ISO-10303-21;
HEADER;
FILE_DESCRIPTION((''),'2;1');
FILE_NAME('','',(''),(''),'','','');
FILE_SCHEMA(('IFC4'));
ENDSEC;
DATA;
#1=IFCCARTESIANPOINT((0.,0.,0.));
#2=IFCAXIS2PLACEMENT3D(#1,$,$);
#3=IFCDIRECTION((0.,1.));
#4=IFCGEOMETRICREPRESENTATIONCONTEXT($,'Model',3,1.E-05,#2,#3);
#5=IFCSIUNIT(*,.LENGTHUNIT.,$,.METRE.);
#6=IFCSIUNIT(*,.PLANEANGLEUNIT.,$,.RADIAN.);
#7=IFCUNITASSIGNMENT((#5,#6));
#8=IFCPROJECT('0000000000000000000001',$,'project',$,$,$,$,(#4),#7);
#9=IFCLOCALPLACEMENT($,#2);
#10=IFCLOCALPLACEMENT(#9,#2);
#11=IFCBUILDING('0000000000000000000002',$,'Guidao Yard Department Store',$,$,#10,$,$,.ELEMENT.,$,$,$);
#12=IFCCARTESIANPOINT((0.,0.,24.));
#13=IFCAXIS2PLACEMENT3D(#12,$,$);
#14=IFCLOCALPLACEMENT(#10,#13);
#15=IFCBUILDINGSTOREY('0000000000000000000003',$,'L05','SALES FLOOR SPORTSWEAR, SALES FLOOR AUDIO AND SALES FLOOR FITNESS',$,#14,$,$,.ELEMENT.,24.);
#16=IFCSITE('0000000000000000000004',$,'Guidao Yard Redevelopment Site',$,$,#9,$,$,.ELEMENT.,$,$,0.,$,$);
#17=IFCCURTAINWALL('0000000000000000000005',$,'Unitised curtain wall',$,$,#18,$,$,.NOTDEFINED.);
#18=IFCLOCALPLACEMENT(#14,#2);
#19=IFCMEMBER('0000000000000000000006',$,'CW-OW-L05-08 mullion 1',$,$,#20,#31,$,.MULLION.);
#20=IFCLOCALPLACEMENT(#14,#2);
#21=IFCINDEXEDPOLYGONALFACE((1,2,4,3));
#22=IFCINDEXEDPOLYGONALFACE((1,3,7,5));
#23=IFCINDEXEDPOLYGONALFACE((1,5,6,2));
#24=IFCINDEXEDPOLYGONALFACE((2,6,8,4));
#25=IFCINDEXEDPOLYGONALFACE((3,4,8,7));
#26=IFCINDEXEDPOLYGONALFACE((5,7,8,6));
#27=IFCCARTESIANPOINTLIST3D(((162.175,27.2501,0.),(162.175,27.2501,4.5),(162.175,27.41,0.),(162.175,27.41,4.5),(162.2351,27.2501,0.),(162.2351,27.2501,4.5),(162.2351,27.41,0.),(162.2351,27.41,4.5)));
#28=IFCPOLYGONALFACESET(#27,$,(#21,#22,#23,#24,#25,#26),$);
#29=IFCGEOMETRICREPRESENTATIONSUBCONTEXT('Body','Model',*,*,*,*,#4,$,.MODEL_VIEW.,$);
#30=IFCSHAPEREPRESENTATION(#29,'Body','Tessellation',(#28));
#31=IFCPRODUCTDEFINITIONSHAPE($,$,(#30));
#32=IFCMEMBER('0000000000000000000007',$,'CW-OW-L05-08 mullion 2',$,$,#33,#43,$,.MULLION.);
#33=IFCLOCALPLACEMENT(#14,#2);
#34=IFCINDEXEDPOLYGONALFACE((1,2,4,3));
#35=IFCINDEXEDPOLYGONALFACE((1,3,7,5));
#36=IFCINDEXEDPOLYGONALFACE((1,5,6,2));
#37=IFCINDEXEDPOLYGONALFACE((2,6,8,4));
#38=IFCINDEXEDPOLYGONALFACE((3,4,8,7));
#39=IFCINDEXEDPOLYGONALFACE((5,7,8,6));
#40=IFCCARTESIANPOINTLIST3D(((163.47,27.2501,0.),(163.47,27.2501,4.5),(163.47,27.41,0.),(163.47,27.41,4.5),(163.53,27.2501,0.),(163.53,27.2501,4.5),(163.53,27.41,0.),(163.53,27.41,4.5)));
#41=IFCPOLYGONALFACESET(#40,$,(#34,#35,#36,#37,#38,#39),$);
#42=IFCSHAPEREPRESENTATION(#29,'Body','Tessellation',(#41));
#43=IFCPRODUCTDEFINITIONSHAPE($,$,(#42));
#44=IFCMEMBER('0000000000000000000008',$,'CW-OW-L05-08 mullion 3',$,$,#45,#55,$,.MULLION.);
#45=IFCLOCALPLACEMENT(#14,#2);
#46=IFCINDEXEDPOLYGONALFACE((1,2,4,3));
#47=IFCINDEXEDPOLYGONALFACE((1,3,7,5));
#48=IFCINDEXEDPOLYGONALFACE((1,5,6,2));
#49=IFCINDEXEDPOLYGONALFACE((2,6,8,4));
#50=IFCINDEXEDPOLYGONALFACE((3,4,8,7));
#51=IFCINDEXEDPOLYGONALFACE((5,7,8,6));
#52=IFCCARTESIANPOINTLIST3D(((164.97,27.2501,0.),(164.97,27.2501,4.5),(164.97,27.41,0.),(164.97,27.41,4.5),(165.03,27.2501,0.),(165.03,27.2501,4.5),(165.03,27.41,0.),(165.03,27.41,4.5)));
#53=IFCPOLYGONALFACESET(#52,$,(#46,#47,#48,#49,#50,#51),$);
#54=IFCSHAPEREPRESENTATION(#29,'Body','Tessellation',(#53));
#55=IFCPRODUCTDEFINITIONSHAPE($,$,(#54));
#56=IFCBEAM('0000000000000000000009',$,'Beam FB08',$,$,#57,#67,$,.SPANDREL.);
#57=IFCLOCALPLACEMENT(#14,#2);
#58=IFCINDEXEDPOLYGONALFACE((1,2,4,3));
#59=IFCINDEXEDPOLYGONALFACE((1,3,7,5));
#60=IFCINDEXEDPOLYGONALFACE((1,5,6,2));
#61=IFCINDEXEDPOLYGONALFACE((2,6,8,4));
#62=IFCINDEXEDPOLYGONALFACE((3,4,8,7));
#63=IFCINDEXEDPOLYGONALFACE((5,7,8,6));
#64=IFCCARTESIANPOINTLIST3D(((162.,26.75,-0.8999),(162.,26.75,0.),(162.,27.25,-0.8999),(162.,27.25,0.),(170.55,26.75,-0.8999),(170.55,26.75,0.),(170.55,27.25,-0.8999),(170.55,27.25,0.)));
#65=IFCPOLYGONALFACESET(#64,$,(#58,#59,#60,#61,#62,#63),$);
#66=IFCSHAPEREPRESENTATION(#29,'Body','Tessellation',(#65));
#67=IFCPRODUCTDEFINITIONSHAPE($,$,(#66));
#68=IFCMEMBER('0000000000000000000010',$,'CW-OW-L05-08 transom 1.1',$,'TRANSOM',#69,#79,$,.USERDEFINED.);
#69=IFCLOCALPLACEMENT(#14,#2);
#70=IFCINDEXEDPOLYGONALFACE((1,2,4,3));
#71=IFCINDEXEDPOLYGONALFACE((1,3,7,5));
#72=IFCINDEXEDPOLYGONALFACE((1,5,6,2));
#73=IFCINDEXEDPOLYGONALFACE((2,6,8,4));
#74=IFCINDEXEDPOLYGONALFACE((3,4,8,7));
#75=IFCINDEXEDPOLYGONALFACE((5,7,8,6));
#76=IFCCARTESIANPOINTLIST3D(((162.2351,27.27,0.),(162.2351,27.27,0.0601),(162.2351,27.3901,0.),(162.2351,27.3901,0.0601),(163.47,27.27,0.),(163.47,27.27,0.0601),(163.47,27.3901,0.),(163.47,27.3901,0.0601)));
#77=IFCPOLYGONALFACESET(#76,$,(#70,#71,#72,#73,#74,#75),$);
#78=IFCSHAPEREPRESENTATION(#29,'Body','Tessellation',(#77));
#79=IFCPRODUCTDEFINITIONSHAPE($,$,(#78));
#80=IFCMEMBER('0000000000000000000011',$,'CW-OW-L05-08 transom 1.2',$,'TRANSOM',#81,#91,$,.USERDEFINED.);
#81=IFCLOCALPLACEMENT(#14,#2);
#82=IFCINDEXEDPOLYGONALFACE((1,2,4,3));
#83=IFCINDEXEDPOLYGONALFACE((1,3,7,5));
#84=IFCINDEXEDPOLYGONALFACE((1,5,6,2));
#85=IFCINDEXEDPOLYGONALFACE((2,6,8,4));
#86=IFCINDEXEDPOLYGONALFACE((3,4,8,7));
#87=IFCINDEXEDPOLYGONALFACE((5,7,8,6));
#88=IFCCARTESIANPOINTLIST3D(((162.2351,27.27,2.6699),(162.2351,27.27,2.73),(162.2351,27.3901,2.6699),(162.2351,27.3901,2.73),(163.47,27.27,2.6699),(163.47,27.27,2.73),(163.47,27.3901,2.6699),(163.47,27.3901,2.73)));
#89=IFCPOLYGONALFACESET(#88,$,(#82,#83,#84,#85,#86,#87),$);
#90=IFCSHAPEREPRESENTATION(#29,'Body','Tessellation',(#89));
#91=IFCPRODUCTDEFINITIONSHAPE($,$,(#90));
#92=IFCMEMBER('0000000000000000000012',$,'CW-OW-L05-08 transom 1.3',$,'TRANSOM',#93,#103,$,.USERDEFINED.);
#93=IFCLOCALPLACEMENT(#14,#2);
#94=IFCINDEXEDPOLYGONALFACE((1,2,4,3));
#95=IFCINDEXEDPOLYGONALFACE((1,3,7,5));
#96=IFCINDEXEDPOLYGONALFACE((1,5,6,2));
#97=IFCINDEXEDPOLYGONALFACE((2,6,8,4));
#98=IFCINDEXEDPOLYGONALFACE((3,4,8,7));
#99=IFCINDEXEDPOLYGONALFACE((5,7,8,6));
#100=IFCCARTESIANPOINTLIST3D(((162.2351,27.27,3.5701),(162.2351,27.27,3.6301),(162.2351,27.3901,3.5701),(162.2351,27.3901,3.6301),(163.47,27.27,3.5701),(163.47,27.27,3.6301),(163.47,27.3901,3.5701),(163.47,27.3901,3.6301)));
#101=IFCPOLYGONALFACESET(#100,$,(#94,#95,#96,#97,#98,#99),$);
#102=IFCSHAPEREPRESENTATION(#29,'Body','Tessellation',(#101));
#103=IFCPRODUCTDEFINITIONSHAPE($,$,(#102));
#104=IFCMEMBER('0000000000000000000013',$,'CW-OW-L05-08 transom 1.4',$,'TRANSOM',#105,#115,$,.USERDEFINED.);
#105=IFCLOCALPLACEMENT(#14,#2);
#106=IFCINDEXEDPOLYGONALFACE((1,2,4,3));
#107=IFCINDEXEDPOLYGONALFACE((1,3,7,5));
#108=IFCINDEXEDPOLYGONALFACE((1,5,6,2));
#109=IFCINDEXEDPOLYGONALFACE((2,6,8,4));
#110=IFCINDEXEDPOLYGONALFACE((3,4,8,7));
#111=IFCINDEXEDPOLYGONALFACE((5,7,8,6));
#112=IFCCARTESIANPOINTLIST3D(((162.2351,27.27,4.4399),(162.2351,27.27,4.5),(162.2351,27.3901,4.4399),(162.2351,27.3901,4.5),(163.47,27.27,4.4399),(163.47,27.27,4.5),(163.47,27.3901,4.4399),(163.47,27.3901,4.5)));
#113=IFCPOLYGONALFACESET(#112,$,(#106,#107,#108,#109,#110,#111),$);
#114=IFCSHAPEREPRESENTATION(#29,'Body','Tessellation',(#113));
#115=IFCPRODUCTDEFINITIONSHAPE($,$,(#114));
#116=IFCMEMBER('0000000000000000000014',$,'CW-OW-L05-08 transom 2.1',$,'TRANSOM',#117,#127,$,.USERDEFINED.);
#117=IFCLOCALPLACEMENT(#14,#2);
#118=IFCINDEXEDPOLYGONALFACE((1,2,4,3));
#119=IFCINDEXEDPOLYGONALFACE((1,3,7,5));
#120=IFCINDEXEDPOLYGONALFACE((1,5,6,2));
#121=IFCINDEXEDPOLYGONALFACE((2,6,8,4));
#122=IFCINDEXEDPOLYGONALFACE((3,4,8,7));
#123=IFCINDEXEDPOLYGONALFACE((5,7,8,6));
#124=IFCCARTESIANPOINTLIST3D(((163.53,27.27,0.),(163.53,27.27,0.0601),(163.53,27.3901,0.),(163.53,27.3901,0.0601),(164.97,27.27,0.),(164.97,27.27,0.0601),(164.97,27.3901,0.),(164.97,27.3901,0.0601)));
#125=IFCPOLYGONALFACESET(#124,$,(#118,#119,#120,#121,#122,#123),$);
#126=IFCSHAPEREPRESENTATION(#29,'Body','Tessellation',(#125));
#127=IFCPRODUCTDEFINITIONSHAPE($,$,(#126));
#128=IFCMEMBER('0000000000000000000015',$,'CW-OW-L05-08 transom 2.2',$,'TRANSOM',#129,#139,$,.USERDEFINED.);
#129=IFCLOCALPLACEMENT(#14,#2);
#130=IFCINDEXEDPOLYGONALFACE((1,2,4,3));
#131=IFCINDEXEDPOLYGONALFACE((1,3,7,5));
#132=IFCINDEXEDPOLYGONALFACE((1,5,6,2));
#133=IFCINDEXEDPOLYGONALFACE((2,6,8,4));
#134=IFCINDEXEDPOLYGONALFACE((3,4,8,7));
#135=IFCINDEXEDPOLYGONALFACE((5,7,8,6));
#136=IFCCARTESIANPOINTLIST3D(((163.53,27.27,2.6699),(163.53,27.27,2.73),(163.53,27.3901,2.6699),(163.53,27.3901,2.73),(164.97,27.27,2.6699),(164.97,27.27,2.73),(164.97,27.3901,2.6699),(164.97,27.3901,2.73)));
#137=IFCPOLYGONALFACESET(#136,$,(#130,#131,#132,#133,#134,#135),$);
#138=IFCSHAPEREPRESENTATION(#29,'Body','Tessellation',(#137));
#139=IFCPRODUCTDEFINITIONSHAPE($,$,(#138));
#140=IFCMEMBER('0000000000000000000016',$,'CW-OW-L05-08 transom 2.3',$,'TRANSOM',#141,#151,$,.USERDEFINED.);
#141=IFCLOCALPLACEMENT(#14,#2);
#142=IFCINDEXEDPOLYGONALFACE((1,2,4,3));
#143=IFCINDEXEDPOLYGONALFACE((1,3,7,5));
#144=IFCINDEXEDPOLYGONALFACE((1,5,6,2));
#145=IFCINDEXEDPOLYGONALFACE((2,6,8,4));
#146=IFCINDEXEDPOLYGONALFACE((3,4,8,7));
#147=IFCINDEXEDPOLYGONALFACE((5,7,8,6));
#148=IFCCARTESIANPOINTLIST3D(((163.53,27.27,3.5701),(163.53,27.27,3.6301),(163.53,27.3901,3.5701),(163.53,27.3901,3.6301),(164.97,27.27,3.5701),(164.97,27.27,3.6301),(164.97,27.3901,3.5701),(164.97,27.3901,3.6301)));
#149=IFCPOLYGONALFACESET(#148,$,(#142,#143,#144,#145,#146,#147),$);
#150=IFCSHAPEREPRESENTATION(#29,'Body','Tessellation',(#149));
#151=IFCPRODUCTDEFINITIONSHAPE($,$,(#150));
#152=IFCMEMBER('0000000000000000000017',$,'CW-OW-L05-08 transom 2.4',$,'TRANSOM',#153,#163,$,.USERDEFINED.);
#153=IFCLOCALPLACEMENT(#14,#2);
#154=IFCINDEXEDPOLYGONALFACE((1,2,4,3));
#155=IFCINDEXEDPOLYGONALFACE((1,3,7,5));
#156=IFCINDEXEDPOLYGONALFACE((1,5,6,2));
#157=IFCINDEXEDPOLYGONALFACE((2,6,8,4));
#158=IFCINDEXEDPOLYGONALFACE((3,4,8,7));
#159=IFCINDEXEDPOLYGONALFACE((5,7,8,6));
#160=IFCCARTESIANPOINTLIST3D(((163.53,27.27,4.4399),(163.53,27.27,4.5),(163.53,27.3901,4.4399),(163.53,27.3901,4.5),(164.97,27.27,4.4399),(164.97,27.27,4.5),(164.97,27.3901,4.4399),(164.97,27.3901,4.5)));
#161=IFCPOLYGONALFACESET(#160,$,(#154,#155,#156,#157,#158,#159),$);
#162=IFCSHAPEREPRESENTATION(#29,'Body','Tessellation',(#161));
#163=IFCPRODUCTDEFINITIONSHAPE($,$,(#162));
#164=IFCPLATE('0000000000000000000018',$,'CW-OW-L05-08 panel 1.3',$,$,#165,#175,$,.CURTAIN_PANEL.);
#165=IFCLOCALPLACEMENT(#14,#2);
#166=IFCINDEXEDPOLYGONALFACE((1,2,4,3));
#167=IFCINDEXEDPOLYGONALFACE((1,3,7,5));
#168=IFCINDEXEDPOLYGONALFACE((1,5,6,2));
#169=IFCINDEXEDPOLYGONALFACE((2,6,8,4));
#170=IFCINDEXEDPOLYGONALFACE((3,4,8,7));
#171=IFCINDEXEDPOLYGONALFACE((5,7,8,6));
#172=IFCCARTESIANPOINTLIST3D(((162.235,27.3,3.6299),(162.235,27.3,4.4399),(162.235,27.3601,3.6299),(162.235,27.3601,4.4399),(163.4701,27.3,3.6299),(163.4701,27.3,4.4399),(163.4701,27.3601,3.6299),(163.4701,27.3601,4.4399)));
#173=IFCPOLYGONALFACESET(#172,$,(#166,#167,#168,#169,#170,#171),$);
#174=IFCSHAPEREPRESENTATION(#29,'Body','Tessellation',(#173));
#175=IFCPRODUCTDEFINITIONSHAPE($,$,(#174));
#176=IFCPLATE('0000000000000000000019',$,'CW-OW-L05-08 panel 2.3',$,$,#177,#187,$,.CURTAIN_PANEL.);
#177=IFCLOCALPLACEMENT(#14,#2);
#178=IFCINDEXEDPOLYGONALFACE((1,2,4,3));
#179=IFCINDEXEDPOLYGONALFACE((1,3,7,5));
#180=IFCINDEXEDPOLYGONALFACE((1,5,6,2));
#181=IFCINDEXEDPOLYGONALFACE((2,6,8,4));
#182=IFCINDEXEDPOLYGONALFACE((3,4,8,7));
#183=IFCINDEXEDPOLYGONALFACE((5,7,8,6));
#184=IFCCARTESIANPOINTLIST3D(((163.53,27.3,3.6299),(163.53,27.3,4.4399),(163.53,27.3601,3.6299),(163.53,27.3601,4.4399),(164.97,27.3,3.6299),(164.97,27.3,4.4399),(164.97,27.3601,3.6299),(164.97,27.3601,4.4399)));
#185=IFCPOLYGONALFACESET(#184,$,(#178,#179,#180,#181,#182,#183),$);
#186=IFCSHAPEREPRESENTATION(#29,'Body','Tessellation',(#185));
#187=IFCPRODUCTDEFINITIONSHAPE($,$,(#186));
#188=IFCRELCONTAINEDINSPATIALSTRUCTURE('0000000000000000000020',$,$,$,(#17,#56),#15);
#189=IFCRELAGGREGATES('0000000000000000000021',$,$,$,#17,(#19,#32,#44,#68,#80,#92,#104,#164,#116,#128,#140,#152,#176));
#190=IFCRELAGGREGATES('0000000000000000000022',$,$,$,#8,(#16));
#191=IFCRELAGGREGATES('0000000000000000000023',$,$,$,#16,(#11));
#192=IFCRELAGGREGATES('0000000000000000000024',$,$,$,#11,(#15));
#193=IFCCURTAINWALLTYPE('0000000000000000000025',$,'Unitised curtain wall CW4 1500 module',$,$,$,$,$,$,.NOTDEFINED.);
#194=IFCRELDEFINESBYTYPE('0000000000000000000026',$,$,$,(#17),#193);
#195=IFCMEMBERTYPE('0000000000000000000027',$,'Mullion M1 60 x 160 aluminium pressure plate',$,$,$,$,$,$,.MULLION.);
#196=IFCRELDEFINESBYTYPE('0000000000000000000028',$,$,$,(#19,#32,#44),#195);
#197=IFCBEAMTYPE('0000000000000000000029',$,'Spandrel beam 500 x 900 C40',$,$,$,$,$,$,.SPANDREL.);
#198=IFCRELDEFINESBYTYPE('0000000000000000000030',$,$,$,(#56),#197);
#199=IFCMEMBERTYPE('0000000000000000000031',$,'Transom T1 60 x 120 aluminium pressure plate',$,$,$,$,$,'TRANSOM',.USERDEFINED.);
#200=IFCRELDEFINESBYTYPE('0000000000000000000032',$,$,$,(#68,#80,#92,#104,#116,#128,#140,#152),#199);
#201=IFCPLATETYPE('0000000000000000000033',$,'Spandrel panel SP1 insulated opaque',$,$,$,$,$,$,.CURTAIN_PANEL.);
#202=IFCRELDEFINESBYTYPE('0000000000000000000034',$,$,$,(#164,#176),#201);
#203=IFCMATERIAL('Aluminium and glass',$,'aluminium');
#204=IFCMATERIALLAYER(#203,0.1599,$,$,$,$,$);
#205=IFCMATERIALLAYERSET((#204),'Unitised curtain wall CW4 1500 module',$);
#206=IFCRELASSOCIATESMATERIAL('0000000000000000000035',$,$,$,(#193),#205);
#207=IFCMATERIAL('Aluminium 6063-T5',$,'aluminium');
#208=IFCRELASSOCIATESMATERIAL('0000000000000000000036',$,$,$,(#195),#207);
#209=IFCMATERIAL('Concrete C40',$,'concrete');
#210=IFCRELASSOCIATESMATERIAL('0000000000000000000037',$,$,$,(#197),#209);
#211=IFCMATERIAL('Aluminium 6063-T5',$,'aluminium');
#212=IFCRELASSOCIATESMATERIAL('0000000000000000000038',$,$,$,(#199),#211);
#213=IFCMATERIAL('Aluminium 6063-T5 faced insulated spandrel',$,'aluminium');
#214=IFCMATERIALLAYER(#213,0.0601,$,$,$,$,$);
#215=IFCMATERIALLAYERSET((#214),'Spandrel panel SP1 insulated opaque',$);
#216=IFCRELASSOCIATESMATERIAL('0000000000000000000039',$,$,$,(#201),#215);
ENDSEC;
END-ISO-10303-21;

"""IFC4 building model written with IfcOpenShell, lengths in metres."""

from ifc_helpers import new_model, si_unit, direction, frame, origin, origin_2d, place, context, subcontext, project, spatial, rectangle, extrude, material, layer, layer_set, material_profile, profile_set, type_object, element, aggregate, save


model = new_model("IFC4")

# Units and contexts
model_context = context("Model", 3, precision=1e-05, world=origin(), true_north=direction((0.0, 1.0)))
body_context = subcontext(model_context, "Body", "Model", "MODEL_VIEW")
ifc_project = project(units=[si_unit("LENGTHUNIT", "METRE"), si_unit("PLANEANGLEUNIT", "RADIAN")], contexts=[model_context])

# Site, building, storey
site_placement = place(None, origin())
site = spatial("IfcSite", under=ifc_project, at=site_placement, Name="Guidao Yard Redevelopment Site", CompositionType="ELEMENT", RefElevation=0.0)
building_placement = place(site_placement, origin())
building = spatial("IfcBuilding", under=site, at=building_placement, Name="Guidao Yard Department Store", CompositionType="ELEMENT")
storey_placement = place(building_placement, frame((0.0, 0.0, 24.0)))
storey = spatial("IfcBuildingStorey", under=building, at=storey_placement, Name="L05", Description="SALES FLOOR SPORTSWEAR, SALES FLOOR AUDIO AND SALES FLOOR FITNESS", CompositionType="ELEMENT", Elevation=24.0)

# Curtain wall, members
ifc_material_1 = material(Name="Aluminium and glass", Category="aluminium")
ifc_layer_1 = layer(ifc_material_1, 0.1599)
ifc_layer_set_1 = layer_set([ifc_layer_1], Name="Unitised curtain wall CW4 1500 module")
curtain_wall_type = type_object("IfcCurtainWallType", Name="Unitised curtain wall CW4 1500 module", PredefinedType="NOTDEFINED", material=ifc_layer_set_1)
curtain_wall_placement = place(storey_placement, origin())
curtain_wall = element("IfcCurtainWall", 1, at=curtain_wall_placement, inside=storey, type_object=curtain_wall_type, Name="Unitised curtain wall", PredefinedType="NOTDEFINED")
ifc_material_2 = material(Name="Aluminium 6063-T5", Category="aluminium")
ifc_material_profile_1 = material_profile(ifc_material_2, rectangle(XDim=0.0601, YDim=0.1599, at=origin_2d()), Name="Mullion M1 60 x 160 aluminium pressure plate")
ifc_profile_set_1 = profile_set([ifc_material_profile_1], Name="Aluminium 6063-T5")
member_type_1 = type_object("IfcMemberType", Name="Mullion M1 60 x 160 aluminium pressure plate", PredefinedType="MULLION", material=ifc_profile_set_1)
member_1_placement = place(storey_placement, frame((162.2051, 27.3301, 0.0), z_axis=(0.0, 0.0, 1.0), x_axis=(1.0, 0.0, 0.0)))
member_1 = element("IfcMember", 2, at=member_1_placement, type_object=member_type_1, Name="CW-OW-L05-08 mullion 1", PredefinedType="MULLION", context=body_context, shape_type="SweptSolid", body=[
    extrude(rectangle(XDim=0.0601, YDim=0.1599, at=origin_2d()), origin(), (0.0, 0.0, 1.0), 4.5),
])
member_2_placement = place(storey_placement, frame((163.5, 27.3301, 0.0), z_axis=(0.0, 0.0, 1.0), x_axis=(1.0, 0.0, 0.0)))
member_2 = element("IfcMember", 3, at=member_2_placement, type_object=member_type_1, Name="CW-OW-L05-08 mullion 2", PredefinedType="MULLION", context=body_context, shape_type="SweptSolid", body=[
    extrude(rectangle(XDim=0.0601, YDim=0.1599, at=origin_2d()), origin(), (0.0, 0.0, 1.0), 4.5),
])
member_3_placement = place(storey_placement, frame((165.0, 27.3301, 0.0), z_axis=(0.0, 0.0, 1.0), x_axis=(1.0, 0.0, 0.0)))
member_3 = element("IfcMember", 4, at=member_3_placement, type_object=member_type_1, Name="CW-OW-L05-08 mullion 3", PredefinedType="MULLION", context=body_context, shape_type="SweptSolid", body=[
    extrude(rectangle(XDim=0.0601, YDim=0.1599, at=origin_2d()), origin(), (0.0, 0.0, 1.0), 4.5),
])

# Beam
ifc_material_3 = material(Name="Concrete C40", Category="concrete")
ifc_material_profile_2 = material_profile(ifc_material_3, rectangle(XDim=0.5, YDim=0.8999, at=origin_2d()), Name="Spandrel beam 500 x 900 C40")
ifc_profile_set_2 = profile_set([ifc_material_profile_2], Name="Concrete C40")
beam_type = type_object("IfcBeamType", Name="Spandrel beam 500 x 900 C40", PredefinedType="SPANDREL", material=ifc_profile_set_2)
beam_placement = place(storey_placement, frame((162.0, 27.0, -0.45), z_axis=(1.0, 0.0, 0.0), x_axis=(0.0, 1.0, 0.0)))
element("IfcBeam", 5, at=beam_placement, inside=storey, type_object=beam_type, Name="Beam FB08", PredefinedType="SPANDREL", context=body_context, shape_type="SweptSolid", body=[
    extrude(rectangle(XDim=0.5, YDim=0.8999, at=origin_2d()), origin(), (0.0, 0.0, 1.0), 8.55),
])

# Members
ifc_material_4 = material(Name="Aluminium 6063-T5", Category="aluminium")
ifc_material_profile_3 = material_profile(ifc_material_4, rectangle(XDim=0.1201, YDim=0.0601, at=origin_2d()), Name="Transom T1 60 x 120 aluminium pressure plate")
ifc_profile_set_3 = profile_set([ifc_material_profile_3], Name="Aluminium 6063-T5")
member_type_2 = type_object("IfcMemberType", Name="Transom T1 60 x 120 aluminium pressure plate", ElementType="TRANSOM", PredefinedType="USERDEFINED", material=ifc_profile_set_3)
member_4_placement = place(storey_placement, frame((162.2351, 27.3301, 0.03), z_axis=(1.0, 0.0, 0.0), x_axis=(0.0, 1.0, 0.0)))
member_4 = element("IfcMember", 6, at=member_4_placement, type_object=member_type_2, Name="CW-OW-L05-08 transom 1.1", ObjectType="TRANSOM", PredefinedType="USERDEFINED", context=body_context, shape_type="SweptSolid", body=[
    extrude(rectangle(XDim=0.1201, YDim=0.0601, at=origin_2d()), origin(), (0.0, 0.0, 1.0), 1.2349),
])
member_5_placement = place(storey_placement, frame((162.2351, 27.3301, 2.7), z_axis=(1.0, 0.0, 0.0), x_axis=(0.0, 1.0, 0.0)))
member_5 = element("IfcMember", 7, at=member_5_placement, type_object=member_type_2, Name="CW-OW-L05-08 transom 1.2", ObjectType="TRANSOM", PredefinedType="USERDEFINED", context=body_context, shape_type="SweptSolid", body=[
    extrude(rectangle(XDim=0.1201, YDim=0.0601, at=origin_2d()), origin(), (0.0, 0.0, 1.0), 1.2349),
])
member_6_placement = place(storey_placement, frame((162.2351, 27.3301, 3.6001), z_axis=(1.0, 0.0, 0.0), x_axis=(0.0, 1.0, 0.0)))
member_6 = element("IfcMember", 8, at=member_6_placement, type_object=member_type_2, Name="CW-OW-L05-08 transom 1.3", ObjectType="TRANSOM", PredefinedType="USERDEFINED", context=body_context, shape_type="SweptSolid", body=[
    extrude(rectangle(XDim=0.1201, YDim=0.0601, at=origin_2d()), origin(), (0.0, 0.0, 1.0), 1.2349),
])
member_7_placement = place(storey_placement, frame((162.2351, 27.3301, 4.47), z_axis=(1.0, 0.0, 0.0), x_axis=(0.0, 1.0, 0.0)))
member_7 = element("IfcMember", 9, at=member_7_placement, type_object=member_type_2, Name="CW-OW-L05-08 transom 1.4", ObjectType="TRANSOM", PredefinedType="USERDEFINED", context=body_context, shape_type="SweptSolid", body=[
    extrude(rectangle(XDim=0.1201, YDim=0.0601, at=origin_2d()), origin(), (0.0, 0.0, 1.0), 1.2349),
])
member_8_placement = place(storey_placement, frame((163.53, 27.3301, 0.03), z_axis=(1.0, 0.0, 0.0), x_axis=(0.0, 1.0, 0.0)))
member_8 = element("IfcMember", 10, at=member_8_placement, type_object=member_type_2, Name="CW-OW-L05-08 transom 2.1", ObjectType="TRANSOM", PredefinedType="USERDEFINED", context=body_context, shape_type="SweptSolid", body=[
    extrude(rectangle(XDim=0.1201, YDim=0.0601, at=origin_2d()), origin(), (0.0, 0.0, 1.0), 1.4399),
])
member_9_placement = place(storey_placement, frame((163.53, 27.3301, 2.7), z_axis=(1.0, 0.0, 0.0), x_axis=(0.0, 1.0, 0.0)))
member_9 = element("IfcMember", 11, at=member_9_placement, type_object=member_type_2, Name="CW-OW-L05-08 transom 2.2", ObjectType="TRANSOM", PredefinedType="USERDEFINED", context=body_context, shape_type="SweptSolid", body=[
    extrude(rectangle(XDim=0.1201, YDim=0.0601, at=origin_2d()), origin(), (0.0, 0.0, 1.0), 1.4399),
])
member_10_placement = place(storey_placement, frame((163.53, 27.3301, 3.6001), z_axis=(1.0, 0.0, 0.0), x_axis=(0.0, 1.0, 0.0)))
member_10 = element("IfcMember", 12, at=member_10_placement, type_object=member_type_2, Name="CW-OW-L05-08 transom 2.3", ObjectType="TRANSOM", PredefinedType="USERDEFINED", context=body_context, shape_type="SweptSolid", body=[
    extrude(rectangle(XDim=0.1201, YDim=0.0601, at=origin_2d()), origin(), (0.0, 0.0, 1.0), 1.4399),
])
member_11_placement = place(storey_placement, frame((163.53, 27.3301, 4.47), z_axis=(1.0, 0.0, 0.0), x_axis=(0.0, 1.0, 0.0)))
member_11 = element("IfcMember", 13, at=member_11_placement, type_object=member_type_2, Name="CW-OW-L05-08 transom 2.4", ObjectType="TRANSOM", PredefinedType="USERDEFINED", context=body_context, shape_type="SweptSolid", body=[
    extrude(rectangle(XDim=0.1201, YDim=0.0601, at=origin_2d()), origin(), (0.0, 0.0, 1.0), 1.4399),
])

# Plates
ifc_material_5 = material(Name="Aluminium 6063-T5 faced insulated spandrel", Category="aluminium")
ifc_layer_2 = layer(ifc_material_5, 0.0601)
ifc_layer_set_2 = layer_set([ifc_layer_2], Name="Spandrel panel SP1 insulated opaque")
plate_type_1 = type_object("IfcPlateType", Name="Spandrel panel SP1 insulated opaque", PredefinedType="CURTAIN_PANEL", material=ifc_layer_set_2)
plate_1_placement = place(storey_placement, frame((162.8525, 27.3301, 3.6299), z_axis=(0.0, 0.0, 1.0), x_axis=(1.0, 0.0, 0.0)))
plate_1 = element("IfcPlate", 14, at=plate_1_placement, type_object=plate_type_1, Name="CW-OW-L05-08 panel 1.3", PredefinedType="CURTAIN_PANEL", context=body_context, shape_type="SweptSolid", body=[
    extrude(rectangle(XDim=1.2351, YDim=0.0601, at=origin_2d()), origin(), (0.0, 0.0, 1.0), 0.8101),
])
plate_2_placement = place(storey_placement, frame((164.25, 27.3301, 3.6299), z_axis=(0.0, 0.0, 1.0), x_axis=(1.0, 0.0, 0.0)))
plate_2 = element("IfcPlate", 15, at=plate_2_placement, type_object=plate_type_1, Name="CW-OW-L05-08 panel 2.3", PredefinedType="CURTAIN_PANEL", context=body_context, shape_type="SweptSolid", body=[
    extrude(rectangle(XDim=1.4399, YDim=0.0601, at=origin_2d()), origin(), (0.0, 0.0, 1.0), 0.8101),
])
aggregate(curtain_wall, [member_1, member_2, member_3, member_4, member_5, member_6, member_7, plate_1, member_8, member_9, member_10, member_11, plate_2])

save(model, "model.ifc")
